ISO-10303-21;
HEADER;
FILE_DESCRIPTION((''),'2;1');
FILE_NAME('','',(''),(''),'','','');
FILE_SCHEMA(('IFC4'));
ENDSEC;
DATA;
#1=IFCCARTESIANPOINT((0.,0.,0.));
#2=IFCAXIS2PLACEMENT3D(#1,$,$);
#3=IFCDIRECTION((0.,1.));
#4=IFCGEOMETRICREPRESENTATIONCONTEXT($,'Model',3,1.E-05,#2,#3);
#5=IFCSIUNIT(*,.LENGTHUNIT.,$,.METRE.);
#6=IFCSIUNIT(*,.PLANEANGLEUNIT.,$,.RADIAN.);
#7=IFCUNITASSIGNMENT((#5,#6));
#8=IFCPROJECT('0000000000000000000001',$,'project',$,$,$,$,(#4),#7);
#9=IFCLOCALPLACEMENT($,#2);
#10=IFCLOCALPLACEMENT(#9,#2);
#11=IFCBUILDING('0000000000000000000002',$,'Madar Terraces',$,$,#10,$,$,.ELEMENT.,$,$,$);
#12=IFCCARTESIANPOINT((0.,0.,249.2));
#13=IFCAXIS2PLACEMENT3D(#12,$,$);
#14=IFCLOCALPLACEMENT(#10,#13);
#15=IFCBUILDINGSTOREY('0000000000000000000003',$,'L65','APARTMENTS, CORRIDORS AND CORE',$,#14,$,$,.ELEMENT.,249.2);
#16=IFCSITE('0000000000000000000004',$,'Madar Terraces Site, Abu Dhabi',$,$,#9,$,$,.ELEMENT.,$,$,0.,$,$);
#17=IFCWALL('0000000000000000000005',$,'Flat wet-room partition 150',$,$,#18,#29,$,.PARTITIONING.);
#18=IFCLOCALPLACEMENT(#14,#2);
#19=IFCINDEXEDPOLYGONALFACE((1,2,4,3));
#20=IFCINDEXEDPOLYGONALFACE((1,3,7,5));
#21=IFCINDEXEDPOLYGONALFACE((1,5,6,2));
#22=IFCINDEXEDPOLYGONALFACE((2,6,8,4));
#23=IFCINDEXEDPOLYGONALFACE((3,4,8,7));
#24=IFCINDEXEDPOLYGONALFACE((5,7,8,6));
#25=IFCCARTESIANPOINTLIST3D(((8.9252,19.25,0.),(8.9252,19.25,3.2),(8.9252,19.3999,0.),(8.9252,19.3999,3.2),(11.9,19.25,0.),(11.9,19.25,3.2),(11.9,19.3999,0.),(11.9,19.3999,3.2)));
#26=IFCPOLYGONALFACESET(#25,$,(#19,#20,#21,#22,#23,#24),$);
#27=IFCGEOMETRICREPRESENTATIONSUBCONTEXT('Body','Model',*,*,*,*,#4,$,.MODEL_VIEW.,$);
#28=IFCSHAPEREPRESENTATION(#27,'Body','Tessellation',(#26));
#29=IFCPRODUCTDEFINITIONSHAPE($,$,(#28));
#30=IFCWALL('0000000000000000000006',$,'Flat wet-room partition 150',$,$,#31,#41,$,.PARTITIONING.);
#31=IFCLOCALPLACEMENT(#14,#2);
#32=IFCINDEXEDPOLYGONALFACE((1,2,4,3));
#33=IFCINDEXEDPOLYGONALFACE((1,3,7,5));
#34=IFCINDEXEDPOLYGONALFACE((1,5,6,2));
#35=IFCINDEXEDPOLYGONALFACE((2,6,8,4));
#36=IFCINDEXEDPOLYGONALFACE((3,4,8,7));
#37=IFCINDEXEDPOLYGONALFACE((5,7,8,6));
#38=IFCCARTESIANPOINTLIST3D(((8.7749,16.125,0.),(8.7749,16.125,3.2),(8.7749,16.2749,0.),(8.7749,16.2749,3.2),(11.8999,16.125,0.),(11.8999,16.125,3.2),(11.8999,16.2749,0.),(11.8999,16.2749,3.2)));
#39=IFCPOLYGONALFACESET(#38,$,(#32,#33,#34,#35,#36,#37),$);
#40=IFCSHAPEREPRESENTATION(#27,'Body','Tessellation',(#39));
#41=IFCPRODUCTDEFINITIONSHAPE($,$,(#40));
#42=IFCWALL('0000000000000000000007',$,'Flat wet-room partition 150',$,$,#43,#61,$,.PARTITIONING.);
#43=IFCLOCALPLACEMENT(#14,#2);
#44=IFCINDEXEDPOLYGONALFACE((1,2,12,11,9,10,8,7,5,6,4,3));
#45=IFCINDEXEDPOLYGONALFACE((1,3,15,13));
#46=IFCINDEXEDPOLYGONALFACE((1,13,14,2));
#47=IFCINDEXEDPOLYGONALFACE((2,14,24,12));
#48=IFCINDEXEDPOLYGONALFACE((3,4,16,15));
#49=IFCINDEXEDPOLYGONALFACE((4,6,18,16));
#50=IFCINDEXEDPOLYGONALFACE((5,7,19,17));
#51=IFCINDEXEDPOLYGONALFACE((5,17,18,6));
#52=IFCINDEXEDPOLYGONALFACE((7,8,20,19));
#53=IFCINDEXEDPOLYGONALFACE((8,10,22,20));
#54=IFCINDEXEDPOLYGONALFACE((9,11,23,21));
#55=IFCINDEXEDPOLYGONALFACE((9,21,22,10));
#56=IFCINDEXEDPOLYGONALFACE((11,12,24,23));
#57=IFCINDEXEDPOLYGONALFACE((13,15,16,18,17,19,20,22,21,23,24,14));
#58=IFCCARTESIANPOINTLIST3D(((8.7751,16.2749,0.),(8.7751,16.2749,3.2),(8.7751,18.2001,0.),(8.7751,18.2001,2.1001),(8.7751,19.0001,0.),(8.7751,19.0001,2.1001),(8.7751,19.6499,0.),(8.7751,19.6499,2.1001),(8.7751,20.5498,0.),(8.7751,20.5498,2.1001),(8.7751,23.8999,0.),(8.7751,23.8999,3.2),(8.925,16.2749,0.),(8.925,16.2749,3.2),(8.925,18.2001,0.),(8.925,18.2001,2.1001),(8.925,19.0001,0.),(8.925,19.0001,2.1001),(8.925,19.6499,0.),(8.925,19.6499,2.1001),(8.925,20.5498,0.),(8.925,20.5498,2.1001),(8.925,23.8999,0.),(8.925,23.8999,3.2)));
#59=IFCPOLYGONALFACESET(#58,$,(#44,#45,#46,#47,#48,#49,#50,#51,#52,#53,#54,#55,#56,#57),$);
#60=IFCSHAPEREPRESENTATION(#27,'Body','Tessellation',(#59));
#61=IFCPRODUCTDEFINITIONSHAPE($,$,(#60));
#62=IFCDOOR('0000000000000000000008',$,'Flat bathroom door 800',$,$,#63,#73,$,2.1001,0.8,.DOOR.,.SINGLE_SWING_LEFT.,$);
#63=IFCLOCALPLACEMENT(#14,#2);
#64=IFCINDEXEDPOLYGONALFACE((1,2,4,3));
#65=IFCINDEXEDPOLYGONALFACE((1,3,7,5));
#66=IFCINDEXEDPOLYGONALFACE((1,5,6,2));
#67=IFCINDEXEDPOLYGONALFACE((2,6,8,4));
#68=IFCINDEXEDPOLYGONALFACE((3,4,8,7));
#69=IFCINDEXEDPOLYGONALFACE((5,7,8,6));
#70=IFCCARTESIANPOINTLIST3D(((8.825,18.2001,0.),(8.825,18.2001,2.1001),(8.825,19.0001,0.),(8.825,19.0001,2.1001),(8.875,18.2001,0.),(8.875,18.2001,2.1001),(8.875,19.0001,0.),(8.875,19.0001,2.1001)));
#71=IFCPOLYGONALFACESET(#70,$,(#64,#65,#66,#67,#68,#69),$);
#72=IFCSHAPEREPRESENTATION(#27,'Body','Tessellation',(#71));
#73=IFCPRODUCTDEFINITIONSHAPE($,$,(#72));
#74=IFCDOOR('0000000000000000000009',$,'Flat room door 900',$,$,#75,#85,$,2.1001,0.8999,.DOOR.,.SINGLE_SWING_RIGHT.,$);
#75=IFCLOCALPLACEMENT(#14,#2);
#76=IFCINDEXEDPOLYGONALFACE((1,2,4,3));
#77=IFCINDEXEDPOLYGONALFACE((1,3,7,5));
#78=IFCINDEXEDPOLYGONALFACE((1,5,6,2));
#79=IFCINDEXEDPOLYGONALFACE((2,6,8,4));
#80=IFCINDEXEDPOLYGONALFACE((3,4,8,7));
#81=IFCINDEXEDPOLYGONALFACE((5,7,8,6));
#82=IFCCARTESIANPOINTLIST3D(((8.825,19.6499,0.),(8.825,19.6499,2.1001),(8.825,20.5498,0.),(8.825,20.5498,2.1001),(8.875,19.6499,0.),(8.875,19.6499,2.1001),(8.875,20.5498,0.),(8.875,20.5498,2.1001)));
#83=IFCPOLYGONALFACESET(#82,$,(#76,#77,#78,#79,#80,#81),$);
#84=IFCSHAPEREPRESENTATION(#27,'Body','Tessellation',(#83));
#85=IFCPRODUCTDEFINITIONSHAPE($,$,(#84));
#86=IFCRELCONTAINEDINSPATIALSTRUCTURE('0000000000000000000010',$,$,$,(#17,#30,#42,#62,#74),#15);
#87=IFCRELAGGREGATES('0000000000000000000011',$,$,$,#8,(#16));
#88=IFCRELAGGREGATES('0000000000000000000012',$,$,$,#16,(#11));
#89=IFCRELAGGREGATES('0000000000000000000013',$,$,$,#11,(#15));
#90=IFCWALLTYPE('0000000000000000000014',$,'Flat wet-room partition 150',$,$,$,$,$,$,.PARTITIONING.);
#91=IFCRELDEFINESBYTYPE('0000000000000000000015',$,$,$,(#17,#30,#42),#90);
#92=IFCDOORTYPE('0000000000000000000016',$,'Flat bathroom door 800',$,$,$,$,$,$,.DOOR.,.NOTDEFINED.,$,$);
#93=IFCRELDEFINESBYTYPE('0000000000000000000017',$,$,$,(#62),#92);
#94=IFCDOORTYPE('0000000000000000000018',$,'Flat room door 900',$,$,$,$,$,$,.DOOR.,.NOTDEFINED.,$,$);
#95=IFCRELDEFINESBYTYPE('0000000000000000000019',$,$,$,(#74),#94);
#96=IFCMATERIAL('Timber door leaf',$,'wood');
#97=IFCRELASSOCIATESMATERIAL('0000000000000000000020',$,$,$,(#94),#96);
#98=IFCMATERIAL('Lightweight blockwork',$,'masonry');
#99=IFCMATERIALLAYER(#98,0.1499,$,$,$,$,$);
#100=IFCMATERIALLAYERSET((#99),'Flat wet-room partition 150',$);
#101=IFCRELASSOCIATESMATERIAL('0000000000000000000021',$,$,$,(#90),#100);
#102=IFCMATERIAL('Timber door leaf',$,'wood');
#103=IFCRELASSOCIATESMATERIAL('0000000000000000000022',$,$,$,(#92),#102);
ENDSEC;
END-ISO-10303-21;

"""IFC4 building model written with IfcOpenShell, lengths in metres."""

from ifc_helpers import new_model, si_unit, direction, frame, frame_2d, origin, place, context, subcontext, project, spatial, rectangle, extrude, material, layer, layer_set, type_object, element, fill, save


model = new_model("IFC4")

# Units and contexts
model_context = context("Model", 3, precision=1e-05, world=origin(), true_north=direction((0.0, 1.0)))
body_context = subcontext(model_context, "Body", "Model", "MODEL_VIEW")
ifc_project = project(units=[si_unit("LENGTHUNIT", "METRE"), si_unit("PLANEANGLEUNIT", "RADIAN")], contexts=[model_context])

# Site, building, storey
site_placement = place(None, origin())
site = spatial("IfcSite", under=ifc_project, at=site_placement, Name="Madar Terraces Site, Abu Dhabi", CompositionType="ELEMENT", RefElevation=0.0)
building_placement = place(site_placement, origin())
building = spatial("IfcBuilding", under=site, at=building_placement, Name="Madar Terraces", CompositionType="ELEMENT")
storey_placement = place(building_placement, frame((0.0, 0.0, 249.2)))
storey = spatial("IfcBuildingStorey", under=building, at=storey_placement, Name="L65", Description="APARTMENTS, CORRIDORS AND CORE", CompositionType="ELEMENT", Elevation=249.2)

# Shared definitions
ifc_material_1 = material(Name="Timber door leaf", Category="wood")
door_type_1 = type_object("IfcDoorType", Name="Flat room door 900", OperationType="NOTDEFINED", PredefinedType="DOOR", material=ifc_material_1)

# Walls
ifc_material_2 = material(Name="Lightweight blockwork", Category="masonry")
ifc_layer_1 = layer(ifc_material_2, 0.1499)
ifc_layer_set_1 = layer_set([ifc_layer_1], Name="Flat wet-room partition 150")
wall_type_1 = type_object("IfcWallType", Name="Flat wet-room partition 150", PredefinedType="PARTITIONING", material=ifc_layer_set_1)
wall_1_placement = place(storey_placement, frame((11.8999, 19.325, 0.0), z_axis=(0.0, 0.0, 1.0), x_axis=(-1.0, 0.0, 0.0)))
element("IfcWall", 1, at=wall_1_placement, inside=storey, type_object=wall_type_1, Name="Flat wet-room partition 150", PredefinedType="PARTITIONING", context=body_context, shape_type="SweptSolid", body=[
    extrude(rectangle(XDim=2.9749, YDim=0.1499, at=frame_2d((1.4873, 0.0))), origin(), (0.0, 0.0, 1.0), 3.2),
])
wall_2_placement = place(storey_placement, frame((11.8999, 16.2, 0.0), z_axis=(0.0, 0.0, 1.0), x_axis=(-1.0, 0.0, 0.0)))
element("IfcWall", 2, at=wall_2_placement, inside=storey, type_object=wall_type_1, Name="Flat wet-room partition 150", PredefinedType="PARTITIONING", context=body_context, shape_type="SweptSolid", body=[
    extrude(rectangle(XDim=3.125, YDim=0.1499, at=frame_2d((1.5625, 0.0))), origin(), (0.0, 0.0, 1.0), 3.2),
])

# Wall, openings, doors
wall_3_placement = place(storey_placement, frame((8.8501, 23.8999, 0.0), z_axis=(0.0, 0.0, 1.0), x_axis=(0.0, -1.0, 0.0)))
wall_3 = element("IfcWall", 3, at=wall_3_placement, inside=storey, type_object=wall_type_1, Name="Flat wet-room partition 150", PredefinedType="PARTITIONING", context=body_context, shape_type="SweptSolid", body=[
    extrude(rectangle(XDim=7.625, YDim=0.1499, at=frame_2d((3.8125, 0.0))), origin(), (0.0, 0.0, 1.0), 3.2),
])
opening_1_placement = place(wall_3_placement, frame((4.8999, 0.0, 0.0)))
opening_1 = element("IfcOpeningElement", 4, at=opening_1_placement, cuts=wall_3, PredefinedType="OPENING", context=body_context, shape_type="SweptSolid", body=[
    extrude(rectangle(XDim=0.8, YDim=2.1001, at=frame_2d((0.3999, 1.05))), frame((0.0, 0.085, 0.0), z_axis=(0.0, -1.0, 0.0), x_axis=(1.0, 0.0, 0.0)), (0.0, 0.0, 1.0), 0.1699),
])
opening_2_placement = place(wall_3_placement, frame((3.3501, 0.0, 0.0)))
opening_2 = element("IfcOpeningElement", 5, at=opening_2_placement, cuts=wall_3, PredefinedType="OPENING", context=body_context, shape_type="SweptSolid", body=[
    extrude(rectangle(XDim=0.8999, YDim=2.1001, at=frame_2d((0.45, 1.05))), frame((0.0, 0.085, 0.0), z_axis=(0.0, -1.0, 0.0), x_axis=(1.0, 0.0, 0.0)), (0.0, 0.0, 1.0), 0.1699),
])
ifc_material_3 = material(Name="Timber door leaf", Category="wood")
door_type_2 = type_object("IfcDoorType", Name="Flat bathroom door 800", OperationType="NOTDEFINED", PredefinedType="DOOR", material=ifc_material_3)
door_1_placement = place(opening_1_placement, origin())
door_1 = element("IfcDoor", 6, at=door_1_placement, inside=storey, type_object=door_type_2, Name="Flat bathroom door 800", OperationType="SINGLE_SWING_LEFT", OverallHeight=2.1001, OverallWidth=0.8, PredefinedType="DOOR", context=body_context, shape_type="SweptSolid", body=[
    extrude(rectangle(XDim=0.8, YDim=2.1001, at=frame_2d((0.3999, 1.05))), frame((0.0, 0.0249, 0.0), z_axis=(0.0, -1.0, 0.0), x_axis=(1.0, 0.0, 0.0)), (0.0, 0.0, 1.0), 0.05),
])
fill(opening_1, door_1)
door_2_placement = place(opening_2_placement, origin())
door_2 = element("IfcDoor", 7, at=door_2_placement, inside=storey, type_object=door_type_1, Name="Flat room door 900", OperationType="SINGLE_SWING_RIGHT", OverallHeight=2.1001, OverallWidth=0.8999, PredefinedType="DOOR", context=body_context, shape_type="SweptSolid", body=[
    extrude(rectangle(XDim=0.8999, YDim=2.1001, at=frame_2d((0.45, 1.05))), frame((0.0, 0.0249, 0.0), z_axis=(0.0, -1.0, 0.0), x_axis=(1.0, 0.0, 0.0)), (0.0, 0.0, 1.0), 0.05),
])
fill(opening_2, door_2)

save(model, "model.ifc")
